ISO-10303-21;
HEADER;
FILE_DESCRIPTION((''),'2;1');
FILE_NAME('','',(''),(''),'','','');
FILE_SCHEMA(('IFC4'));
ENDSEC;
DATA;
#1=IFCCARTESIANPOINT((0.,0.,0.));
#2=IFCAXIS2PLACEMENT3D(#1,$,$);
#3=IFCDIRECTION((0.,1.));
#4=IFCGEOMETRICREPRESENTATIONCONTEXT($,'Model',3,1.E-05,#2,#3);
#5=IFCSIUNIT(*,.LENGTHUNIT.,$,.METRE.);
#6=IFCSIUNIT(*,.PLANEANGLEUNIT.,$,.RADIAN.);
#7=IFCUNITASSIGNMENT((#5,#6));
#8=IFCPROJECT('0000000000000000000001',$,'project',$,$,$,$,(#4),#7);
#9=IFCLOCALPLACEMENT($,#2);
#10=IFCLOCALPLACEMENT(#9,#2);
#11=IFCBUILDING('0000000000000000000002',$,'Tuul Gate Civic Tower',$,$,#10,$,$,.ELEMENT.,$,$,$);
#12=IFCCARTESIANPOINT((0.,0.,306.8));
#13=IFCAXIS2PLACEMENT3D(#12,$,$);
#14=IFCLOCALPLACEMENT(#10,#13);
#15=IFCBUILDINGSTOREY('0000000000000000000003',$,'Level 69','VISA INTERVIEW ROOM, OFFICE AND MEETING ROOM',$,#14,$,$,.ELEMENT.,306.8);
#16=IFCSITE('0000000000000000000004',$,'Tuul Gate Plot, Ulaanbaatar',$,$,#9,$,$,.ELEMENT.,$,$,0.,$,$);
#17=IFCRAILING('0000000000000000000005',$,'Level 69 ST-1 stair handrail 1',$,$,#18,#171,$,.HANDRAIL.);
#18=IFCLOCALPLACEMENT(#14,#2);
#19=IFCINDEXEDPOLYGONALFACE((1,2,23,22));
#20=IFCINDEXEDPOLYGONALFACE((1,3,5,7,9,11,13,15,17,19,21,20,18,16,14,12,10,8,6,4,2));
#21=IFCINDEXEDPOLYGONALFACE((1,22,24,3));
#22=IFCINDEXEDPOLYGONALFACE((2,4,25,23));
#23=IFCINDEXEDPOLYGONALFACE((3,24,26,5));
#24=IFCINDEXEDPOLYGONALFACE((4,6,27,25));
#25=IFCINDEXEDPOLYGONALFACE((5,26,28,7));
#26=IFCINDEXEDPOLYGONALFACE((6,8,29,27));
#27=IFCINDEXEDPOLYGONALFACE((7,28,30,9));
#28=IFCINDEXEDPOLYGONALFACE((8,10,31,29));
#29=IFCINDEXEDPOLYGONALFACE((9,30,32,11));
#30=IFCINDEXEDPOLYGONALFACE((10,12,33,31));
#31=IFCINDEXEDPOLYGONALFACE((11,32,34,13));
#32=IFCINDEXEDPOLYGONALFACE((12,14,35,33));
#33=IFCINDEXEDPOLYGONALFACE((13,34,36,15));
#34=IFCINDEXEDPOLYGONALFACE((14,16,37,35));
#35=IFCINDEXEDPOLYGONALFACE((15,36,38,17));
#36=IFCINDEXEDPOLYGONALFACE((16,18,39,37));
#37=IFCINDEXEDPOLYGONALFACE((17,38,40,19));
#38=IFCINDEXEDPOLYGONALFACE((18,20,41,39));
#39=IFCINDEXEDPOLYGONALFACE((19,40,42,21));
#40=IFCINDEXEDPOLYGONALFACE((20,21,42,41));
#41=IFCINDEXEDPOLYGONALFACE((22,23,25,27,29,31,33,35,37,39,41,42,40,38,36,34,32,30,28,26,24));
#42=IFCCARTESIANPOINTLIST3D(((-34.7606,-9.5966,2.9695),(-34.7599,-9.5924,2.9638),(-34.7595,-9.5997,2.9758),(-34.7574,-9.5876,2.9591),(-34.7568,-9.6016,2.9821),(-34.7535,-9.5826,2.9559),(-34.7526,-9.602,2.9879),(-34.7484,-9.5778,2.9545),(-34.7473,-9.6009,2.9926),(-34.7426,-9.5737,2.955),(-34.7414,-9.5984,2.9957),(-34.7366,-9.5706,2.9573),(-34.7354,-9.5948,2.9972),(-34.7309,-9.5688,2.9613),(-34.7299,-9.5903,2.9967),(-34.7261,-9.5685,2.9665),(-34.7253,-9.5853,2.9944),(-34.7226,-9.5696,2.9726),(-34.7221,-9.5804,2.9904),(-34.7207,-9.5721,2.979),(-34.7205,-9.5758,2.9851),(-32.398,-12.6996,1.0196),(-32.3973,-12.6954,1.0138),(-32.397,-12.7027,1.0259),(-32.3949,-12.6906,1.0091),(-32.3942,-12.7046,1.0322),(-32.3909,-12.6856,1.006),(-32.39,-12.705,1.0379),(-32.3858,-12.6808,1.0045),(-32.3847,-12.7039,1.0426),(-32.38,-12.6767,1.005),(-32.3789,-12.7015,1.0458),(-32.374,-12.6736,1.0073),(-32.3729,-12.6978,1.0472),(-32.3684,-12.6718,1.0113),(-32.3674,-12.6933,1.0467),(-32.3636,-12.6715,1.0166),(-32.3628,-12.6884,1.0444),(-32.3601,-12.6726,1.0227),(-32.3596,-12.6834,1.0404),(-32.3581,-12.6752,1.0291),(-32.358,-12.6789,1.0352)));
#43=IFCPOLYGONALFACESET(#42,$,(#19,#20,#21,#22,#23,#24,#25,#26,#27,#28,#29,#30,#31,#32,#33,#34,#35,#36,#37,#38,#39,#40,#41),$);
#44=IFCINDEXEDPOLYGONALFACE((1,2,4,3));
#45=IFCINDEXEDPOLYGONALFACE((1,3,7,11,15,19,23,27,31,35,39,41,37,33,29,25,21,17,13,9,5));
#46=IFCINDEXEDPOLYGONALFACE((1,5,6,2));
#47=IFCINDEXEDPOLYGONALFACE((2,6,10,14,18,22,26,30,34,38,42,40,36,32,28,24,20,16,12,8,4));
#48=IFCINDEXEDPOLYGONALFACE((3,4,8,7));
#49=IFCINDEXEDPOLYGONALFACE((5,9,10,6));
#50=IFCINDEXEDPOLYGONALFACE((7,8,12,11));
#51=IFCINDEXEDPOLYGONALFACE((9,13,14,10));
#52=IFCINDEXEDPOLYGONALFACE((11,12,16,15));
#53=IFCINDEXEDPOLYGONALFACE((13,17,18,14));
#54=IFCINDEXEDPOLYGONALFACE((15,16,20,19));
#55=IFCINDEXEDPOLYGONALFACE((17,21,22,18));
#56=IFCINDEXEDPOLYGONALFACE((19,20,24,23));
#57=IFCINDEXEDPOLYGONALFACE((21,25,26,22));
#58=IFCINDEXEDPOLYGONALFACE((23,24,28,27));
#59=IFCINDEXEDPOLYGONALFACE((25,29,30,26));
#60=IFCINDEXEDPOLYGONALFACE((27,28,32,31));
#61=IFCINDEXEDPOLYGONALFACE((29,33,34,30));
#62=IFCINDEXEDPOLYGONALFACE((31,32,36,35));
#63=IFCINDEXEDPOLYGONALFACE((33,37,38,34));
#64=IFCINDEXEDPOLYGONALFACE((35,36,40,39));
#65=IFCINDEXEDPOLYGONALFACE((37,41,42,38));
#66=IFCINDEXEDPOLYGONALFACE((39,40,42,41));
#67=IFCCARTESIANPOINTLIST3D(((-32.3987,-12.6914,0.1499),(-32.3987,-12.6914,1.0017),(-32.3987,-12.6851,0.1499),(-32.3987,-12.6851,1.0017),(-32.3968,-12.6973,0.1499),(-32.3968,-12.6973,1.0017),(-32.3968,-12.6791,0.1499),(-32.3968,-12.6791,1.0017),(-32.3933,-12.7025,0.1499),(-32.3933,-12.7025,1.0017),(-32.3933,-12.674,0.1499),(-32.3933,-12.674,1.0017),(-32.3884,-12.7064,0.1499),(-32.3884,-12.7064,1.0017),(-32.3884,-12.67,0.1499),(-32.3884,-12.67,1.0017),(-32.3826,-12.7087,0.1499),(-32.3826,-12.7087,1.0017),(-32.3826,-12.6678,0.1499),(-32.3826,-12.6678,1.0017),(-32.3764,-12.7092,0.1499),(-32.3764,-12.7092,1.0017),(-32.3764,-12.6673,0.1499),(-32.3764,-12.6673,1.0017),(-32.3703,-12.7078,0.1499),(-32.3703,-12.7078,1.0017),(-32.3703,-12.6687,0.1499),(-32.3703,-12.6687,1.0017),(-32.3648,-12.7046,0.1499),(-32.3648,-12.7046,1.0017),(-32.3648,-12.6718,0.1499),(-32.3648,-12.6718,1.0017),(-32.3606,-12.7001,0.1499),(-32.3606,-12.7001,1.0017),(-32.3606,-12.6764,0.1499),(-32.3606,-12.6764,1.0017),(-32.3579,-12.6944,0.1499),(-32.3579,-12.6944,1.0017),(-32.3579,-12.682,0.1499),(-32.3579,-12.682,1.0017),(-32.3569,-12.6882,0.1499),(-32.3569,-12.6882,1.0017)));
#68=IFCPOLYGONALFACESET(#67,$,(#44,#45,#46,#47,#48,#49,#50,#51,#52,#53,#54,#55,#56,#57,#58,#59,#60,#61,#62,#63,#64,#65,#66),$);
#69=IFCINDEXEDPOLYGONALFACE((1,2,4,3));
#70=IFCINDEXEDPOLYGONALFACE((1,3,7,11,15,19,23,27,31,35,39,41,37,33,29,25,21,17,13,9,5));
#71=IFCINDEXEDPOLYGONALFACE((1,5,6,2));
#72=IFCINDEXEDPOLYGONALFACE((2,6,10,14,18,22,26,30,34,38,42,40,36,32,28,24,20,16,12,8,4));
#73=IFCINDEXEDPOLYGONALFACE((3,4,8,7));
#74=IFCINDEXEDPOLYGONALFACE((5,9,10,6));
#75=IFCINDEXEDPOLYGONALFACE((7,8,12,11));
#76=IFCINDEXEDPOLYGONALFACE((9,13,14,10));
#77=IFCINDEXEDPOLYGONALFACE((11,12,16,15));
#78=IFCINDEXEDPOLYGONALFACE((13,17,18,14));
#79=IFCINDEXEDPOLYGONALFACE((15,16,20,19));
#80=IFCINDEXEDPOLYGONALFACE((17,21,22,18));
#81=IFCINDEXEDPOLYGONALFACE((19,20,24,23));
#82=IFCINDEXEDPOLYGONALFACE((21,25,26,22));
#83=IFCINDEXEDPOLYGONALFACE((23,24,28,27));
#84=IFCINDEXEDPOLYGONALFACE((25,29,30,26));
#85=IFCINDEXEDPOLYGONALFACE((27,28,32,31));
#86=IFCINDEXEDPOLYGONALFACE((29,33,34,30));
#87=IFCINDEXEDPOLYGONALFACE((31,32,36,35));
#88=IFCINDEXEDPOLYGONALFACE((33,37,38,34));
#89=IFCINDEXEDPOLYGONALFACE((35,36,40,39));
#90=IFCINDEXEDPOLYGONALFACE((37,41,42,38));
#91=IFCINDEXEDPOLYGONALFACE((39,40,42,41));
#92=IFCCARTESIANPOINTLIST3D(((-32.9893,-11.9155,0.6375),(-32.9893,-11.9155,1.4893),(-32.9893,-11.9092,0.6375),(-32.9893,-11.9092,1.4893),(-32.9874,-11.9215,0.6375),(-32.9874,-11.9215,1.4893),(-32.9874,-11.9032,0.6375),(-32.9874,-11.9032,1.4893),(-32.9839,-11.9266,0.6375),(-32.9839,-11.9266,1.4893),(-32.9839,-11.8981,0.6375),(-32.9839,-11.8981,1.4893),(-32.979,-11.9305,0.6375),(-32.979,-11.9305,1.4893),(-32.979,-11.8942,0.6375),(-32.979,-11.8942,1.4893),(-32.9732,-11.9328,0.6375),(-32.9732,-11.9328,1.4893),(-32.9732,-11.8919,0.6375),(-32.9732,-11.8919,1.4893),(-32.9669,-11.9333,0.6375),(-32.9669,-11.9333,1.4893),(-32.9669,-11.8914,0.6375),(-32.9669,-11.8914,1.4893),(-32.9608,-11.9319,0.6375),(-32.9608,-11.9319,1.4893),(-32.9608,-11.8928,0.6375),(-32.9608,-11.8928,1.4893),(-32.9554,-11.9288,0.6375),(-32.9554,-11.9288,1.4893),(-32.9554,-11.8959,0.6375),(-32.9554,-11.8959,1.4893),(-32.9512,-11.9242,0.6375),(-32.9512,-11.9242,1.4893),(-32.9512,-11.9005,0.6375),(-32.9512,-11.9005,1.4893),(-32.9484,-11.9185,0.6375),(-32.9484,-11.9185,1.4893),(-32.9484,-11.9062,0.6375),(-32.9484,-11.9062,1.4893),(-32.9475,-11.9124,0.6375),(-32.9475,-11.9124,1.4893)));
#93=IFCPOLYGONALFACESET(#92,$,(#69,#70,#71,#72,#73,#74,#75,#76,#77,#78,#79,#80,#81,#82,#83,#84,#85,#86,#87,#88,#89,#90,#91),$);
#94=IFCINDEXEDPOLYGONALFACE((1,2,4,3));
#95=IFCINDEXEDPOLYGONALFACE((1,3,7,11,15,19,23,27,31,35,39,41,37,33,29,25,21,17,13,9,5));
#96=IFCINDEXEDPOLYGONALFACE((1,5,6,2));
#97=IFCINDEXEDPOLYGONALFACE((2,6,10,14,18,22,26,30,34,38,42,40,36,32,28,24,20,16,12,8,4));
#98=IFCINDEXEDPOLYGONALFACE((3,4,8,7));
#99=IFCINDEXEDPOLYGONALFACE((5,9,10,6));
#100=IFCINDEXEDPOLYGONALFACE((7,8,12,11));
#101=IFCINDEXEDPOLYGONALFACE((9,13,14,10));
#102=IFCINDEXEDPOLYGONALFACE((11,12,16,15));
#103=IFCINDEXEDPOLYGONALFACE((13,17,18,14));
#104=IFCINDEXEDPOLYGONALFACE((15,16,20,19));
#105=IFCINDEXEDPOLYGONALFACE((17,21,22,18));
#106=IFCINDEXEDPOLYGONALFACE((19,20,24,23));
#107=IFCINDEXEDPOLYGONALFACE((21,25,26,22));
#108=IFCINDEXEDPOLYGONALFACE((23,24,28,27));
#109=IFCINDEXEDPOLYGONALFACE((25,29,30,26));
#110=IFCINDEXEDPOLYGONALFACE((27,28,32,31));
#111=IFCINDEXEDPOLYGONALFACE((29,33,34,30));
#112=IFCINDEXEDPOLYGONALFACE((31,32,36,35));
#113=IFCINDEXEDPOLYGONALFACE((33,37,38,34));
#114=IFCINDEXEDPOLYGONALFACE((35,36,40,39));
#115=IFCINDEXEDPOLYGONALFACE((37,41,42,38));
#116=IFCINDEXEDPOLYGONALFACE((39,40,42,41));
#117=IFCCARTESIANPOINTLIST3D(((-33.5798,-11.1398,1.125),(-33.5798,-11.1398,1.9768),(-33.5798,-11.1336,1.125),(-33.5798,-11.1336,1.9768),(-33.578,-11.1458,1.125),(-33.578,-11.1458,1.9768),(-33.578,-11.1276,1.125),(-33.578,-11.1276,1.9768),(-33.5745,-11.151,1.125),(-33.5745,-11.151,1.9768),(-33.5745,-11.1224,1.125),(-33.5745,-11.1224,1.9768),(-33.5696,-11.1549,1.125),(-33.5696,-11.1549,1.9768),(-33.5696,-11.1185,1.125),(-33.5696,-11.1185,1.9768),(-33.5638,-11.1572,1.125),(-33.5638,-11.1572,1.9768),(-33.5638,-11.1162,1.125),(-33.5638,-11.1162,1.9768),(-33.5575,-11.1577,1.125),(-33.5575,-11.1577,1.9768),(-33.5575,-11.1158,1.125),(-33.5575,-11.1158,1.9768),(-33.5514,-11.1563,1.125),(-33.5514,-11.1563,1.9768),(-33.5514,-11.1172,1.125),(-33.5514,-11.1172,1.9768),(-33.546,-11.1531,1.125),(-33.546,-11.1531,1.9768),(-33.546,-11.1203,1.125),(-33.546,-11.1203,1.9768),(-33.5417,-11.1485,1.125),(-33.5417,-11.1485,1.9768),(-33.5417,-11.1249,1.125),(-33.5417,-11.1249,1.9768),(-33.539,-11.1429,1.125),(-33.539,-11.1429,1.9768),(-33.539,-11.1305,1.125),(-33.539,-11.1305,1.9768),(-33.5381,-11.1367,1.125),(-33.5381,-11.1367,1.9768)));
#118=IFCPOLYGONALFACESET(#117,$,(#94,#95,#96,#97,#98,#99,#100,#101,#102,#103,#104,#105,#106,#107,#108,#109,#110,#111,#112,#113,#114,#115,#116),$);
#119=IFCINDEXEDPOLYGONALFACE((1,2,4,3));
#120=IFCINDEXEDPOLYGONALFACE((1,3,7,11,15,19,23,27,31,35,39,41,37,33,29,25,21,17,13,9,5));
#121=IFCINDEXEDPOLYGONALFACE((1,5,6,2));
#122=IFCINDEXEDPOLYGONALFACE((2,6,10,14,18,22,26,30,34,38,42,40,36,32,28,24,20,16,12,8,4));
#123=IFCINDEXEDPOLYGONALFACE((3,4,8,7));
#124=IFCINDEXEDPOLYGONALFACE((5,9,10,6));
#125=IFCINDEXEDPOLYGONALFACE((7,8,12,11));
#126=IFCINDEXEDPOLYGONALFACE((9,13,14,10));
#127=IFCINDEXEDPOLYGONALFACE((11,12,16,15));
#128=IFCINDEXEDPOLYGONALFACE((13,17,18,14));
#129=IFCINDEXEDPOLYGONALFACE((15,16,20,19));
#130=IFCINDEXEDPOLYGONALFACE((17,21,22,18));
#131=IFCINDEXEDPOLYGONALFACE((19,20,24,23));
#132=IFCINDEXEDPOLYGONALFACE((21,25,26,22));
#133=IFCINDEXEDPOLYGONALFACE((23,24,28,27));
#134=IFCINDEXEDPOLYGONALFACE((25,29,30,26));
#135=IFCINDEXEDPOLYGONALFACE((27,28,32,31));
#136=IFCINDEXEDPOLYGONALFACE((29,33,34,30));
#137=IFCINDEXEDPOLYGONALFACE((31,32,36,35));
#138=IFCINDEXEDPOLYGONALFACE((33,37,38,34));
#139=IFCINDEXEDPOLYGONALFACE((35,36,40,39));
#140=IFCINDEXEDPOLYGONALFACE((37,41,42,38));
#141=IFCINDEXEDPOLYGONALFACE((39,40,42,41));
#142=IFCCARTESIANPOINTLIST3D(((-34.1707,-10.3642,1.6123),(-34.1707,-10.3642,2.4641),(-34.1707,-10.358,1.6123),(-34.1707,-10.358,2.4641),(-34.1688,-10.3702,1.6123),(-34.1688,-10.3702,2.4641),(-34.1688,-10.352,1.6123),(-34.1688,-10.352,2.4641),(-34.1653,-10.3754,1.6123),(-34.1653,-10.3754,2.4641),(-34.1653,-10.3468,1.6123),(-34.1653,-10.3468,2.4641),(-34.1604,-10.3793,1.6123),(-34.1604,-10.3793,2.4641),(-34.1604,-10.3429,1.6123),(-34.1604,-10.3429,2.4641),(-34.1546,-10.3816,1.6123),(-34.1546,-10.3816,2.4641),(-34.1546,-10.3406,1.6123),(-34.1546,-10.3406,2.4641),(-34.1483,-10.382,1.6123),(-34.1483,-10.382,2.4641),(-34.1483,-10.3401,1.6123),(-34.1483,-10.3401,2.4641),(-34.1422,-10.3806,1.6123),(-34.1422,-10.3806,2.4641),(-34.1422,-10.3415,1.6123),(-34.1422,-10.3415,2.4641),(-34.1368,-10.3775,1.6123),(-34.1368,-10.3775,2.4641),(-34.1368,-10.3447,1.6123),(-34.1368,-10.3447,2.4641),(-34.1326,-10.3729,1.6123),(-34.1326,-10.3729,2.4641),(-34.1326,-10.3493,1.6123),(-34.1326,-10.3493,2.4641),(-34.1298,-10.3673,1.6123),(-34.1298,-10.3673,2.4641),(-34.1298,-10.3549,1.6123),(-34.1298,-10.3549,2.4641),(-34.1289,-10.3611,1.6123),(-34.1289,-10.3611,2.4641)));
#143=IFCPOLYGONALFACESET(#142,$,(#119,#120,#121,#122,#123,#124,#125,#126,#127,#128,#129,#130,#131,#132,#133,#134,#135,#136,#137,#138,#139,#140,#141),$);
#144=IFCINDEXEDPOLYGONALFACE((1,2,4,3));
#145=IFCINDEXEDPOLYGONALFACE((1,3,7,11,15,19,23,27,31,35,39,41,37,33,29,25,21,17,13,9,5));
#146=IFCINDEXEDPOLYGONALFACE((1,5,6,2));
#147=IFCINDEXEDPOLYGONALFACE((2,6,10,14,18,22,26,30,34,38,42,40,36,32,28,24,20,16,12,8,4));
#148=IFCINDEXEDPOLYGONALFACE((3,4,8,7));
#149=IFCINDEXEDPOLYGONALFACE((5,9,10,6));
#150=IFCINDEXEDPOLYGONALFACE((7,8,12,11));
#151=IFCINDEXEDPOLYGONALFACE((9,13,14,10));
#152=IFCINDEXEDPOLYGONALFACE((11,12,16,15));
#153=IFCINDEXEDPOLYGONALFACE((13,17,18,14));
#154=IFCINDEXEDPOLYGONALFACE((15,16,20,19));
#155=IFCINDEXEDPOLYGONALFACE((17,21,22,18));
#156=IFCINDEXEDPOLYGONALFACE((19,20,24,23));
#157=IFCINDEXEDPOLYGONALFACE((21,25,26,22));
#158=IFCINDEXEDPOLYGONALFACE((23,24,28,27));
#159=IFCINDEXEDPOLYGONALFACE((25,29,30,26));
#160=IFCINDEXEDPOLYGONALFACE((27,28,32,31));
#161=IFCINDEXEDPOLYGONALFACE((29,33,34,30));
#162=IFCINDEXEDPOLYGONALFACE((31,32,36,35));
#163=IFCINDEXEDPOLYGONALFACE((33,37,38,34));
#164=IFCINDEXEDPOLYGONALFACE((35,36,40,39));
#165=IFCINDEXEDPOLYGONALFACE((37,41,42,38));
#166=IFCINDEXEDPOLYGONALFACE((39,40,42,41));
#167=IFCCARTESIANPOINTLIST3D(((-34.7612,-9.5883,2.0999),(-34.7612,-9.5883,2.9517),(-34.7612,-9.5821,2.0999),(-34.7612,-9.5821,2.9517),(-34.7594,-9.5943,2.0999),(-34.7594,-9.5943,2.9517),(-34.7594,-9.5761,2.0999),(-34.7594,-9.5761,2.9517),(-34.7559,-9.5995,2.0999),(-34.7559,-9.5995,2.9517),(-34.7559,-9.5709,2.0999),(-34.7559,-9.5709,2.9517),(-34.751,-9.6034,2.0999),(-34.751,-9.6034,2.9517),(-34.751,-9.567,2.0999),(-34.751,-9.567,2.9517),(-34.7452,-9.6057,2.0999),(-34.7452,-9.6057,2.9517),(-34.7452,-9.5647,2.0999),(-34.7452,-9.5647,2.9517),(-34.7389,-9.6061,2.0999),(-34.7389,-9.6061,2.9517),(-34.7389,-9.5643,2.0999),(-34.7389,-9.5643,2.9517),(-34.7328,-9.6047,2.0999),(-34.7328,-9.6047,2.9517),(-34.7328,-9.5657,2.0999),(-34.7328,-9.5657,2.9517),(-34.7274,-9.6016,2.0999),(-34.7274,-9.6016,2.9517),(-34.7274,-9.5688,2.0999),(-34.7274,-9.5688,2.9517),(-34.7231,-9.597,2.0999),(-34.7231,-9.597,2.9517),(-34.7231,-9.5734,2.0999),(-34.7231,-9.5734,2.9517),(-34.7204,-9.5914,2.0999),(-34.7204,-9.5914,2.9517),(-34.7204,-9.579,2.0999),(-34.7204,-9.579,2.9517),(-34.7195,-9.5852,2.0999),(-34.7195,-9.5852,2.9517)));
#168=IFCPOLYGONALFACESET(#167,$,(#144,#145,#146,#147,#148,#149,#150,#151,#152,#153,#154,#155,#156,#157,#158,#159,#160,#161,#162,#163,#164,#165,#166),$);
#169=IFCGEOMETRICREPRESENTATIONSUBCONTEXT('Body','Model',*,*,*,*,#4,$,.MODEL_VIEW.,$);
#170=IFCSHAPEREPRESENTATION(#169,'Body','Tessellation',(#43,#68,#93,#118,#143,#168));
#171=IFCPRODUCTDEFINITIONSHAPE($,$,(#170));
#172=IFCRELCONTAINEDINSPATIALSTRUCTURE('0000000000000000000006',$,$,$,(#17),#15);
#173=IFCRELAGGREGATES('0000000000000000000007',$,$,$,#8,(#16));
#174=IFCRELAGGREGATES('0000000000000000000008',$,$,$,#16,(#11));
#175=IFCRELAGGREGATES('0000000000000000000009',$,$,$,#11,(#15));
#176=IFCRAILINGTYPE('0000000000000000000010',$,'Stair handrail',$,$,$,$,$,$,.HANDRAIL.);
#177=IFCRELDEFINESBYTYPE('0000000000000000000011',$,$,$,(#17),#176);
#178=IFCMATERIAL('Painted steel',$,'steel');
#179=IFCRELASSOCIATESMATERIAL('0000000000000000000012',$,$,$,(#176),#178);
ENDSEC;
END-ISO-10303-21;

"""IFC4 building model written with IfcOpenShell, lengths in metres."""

from ifc_helpers import new_model, si_unit, direction, frame, origin, origin_2d, place, context, subcontext, project, spatial, circle, extrude, material, type_object, element, save


model = new_model("IFC4")

# Units and contexts
model_context = context("Model", 3, precision=1e-05, world=origin(), true_north=direction((0.0, 1.0)))
body_context = subcontext(model_context, "Body", "Model", "MODEL_VIEW")
ifc_project = project(units=[si_unit("LENGTHUNIT", "METRE"), si_unit("PLANEANGLEUNIT", "RADIAN")], contexts=[model_context])

# Site, building, storey
site_placement = place(None, origin())
site = spatial("IfcSite", under=ifc_project, at=site_placement, Name="Tuul Gate Plot, Ulaanbaatar", CompositionType="ELEMENT", RefElevation=0.0)
building_placement = place(site_placement, origin())
building = spatial("IfcBuilding", under=site, at=building_placement, Name="Tuul Gate Civic Tower", CompositionType="ELEMENT")
storey_placement = place(building_placement, frame((0.0, 0.0, 306.8)))
storey = spatial("IfcBuildingStorey", under=building, at=storey_placement, Name="Level 69", Description="VISA INTERVIEW ROOM, OFFICE AND MEETING ROOM", CompositionType="ELEMENT", Elevation=306.8)

# Railing
ifc_material_1 = material(Name="Painted steel", Category="steel")
railing_type_1 = type_object("IfcRailingType", Name="Stair handrail", PredefinedType="HANDRAIL", material=ifc_material_1)
railing_1_placement = place(storey_placement, frame((-32.3779, -12.6882, 0.1499)))
element("IfcRailing", 1, at=railing_1_placement, inside=storey, type_object=railing_type_1, Name="Level 69 ST-1 stair handrail 1", PredefinedType="HANDRAIL", context=body_context, shape_type="SweptSolid", body=[
    extrude(circle(Radius=0.0239, at=origin_2d()), frame((0.0, 0.0, 0.876), z_axis=(-0.541824, 0.711645, 0.4472), x_axis=(-0.795637, -0.605773, 0.0)), (0.0, 0.0, 1.0), 4.3604),
    extrude(circle(Radius=0.021, at=origin_2d()), origin(), (0.0, 0.0, 1.0), 0.8518),
    extrude(circle(Radius=0.021, at=origin_2d()), frame((-0.5906, 0.7759, 0.4875)), (0.0, 0.0, 1.0), 0.8518),
    extrude(circle(Radius=0.021, at=origin_2d()), frame((-1.1812, 1.5515, 0.9751)), (0.0, 0.0, 1.0), 0.8518),
    extrude(circle(Radius=0.021, at=origin_2d()), frame((-1.772, 2.3271, 1.4624)), (0.0, 0.0, 1.0), 0.8518),
    extrude(circle(Radius=0.021, at=origin_2d()), frame((-2.3625, 3.103, 1.95)), (0.0, 0.0, 1.0), 0.8518),
])

save(model, "model.ifc")
